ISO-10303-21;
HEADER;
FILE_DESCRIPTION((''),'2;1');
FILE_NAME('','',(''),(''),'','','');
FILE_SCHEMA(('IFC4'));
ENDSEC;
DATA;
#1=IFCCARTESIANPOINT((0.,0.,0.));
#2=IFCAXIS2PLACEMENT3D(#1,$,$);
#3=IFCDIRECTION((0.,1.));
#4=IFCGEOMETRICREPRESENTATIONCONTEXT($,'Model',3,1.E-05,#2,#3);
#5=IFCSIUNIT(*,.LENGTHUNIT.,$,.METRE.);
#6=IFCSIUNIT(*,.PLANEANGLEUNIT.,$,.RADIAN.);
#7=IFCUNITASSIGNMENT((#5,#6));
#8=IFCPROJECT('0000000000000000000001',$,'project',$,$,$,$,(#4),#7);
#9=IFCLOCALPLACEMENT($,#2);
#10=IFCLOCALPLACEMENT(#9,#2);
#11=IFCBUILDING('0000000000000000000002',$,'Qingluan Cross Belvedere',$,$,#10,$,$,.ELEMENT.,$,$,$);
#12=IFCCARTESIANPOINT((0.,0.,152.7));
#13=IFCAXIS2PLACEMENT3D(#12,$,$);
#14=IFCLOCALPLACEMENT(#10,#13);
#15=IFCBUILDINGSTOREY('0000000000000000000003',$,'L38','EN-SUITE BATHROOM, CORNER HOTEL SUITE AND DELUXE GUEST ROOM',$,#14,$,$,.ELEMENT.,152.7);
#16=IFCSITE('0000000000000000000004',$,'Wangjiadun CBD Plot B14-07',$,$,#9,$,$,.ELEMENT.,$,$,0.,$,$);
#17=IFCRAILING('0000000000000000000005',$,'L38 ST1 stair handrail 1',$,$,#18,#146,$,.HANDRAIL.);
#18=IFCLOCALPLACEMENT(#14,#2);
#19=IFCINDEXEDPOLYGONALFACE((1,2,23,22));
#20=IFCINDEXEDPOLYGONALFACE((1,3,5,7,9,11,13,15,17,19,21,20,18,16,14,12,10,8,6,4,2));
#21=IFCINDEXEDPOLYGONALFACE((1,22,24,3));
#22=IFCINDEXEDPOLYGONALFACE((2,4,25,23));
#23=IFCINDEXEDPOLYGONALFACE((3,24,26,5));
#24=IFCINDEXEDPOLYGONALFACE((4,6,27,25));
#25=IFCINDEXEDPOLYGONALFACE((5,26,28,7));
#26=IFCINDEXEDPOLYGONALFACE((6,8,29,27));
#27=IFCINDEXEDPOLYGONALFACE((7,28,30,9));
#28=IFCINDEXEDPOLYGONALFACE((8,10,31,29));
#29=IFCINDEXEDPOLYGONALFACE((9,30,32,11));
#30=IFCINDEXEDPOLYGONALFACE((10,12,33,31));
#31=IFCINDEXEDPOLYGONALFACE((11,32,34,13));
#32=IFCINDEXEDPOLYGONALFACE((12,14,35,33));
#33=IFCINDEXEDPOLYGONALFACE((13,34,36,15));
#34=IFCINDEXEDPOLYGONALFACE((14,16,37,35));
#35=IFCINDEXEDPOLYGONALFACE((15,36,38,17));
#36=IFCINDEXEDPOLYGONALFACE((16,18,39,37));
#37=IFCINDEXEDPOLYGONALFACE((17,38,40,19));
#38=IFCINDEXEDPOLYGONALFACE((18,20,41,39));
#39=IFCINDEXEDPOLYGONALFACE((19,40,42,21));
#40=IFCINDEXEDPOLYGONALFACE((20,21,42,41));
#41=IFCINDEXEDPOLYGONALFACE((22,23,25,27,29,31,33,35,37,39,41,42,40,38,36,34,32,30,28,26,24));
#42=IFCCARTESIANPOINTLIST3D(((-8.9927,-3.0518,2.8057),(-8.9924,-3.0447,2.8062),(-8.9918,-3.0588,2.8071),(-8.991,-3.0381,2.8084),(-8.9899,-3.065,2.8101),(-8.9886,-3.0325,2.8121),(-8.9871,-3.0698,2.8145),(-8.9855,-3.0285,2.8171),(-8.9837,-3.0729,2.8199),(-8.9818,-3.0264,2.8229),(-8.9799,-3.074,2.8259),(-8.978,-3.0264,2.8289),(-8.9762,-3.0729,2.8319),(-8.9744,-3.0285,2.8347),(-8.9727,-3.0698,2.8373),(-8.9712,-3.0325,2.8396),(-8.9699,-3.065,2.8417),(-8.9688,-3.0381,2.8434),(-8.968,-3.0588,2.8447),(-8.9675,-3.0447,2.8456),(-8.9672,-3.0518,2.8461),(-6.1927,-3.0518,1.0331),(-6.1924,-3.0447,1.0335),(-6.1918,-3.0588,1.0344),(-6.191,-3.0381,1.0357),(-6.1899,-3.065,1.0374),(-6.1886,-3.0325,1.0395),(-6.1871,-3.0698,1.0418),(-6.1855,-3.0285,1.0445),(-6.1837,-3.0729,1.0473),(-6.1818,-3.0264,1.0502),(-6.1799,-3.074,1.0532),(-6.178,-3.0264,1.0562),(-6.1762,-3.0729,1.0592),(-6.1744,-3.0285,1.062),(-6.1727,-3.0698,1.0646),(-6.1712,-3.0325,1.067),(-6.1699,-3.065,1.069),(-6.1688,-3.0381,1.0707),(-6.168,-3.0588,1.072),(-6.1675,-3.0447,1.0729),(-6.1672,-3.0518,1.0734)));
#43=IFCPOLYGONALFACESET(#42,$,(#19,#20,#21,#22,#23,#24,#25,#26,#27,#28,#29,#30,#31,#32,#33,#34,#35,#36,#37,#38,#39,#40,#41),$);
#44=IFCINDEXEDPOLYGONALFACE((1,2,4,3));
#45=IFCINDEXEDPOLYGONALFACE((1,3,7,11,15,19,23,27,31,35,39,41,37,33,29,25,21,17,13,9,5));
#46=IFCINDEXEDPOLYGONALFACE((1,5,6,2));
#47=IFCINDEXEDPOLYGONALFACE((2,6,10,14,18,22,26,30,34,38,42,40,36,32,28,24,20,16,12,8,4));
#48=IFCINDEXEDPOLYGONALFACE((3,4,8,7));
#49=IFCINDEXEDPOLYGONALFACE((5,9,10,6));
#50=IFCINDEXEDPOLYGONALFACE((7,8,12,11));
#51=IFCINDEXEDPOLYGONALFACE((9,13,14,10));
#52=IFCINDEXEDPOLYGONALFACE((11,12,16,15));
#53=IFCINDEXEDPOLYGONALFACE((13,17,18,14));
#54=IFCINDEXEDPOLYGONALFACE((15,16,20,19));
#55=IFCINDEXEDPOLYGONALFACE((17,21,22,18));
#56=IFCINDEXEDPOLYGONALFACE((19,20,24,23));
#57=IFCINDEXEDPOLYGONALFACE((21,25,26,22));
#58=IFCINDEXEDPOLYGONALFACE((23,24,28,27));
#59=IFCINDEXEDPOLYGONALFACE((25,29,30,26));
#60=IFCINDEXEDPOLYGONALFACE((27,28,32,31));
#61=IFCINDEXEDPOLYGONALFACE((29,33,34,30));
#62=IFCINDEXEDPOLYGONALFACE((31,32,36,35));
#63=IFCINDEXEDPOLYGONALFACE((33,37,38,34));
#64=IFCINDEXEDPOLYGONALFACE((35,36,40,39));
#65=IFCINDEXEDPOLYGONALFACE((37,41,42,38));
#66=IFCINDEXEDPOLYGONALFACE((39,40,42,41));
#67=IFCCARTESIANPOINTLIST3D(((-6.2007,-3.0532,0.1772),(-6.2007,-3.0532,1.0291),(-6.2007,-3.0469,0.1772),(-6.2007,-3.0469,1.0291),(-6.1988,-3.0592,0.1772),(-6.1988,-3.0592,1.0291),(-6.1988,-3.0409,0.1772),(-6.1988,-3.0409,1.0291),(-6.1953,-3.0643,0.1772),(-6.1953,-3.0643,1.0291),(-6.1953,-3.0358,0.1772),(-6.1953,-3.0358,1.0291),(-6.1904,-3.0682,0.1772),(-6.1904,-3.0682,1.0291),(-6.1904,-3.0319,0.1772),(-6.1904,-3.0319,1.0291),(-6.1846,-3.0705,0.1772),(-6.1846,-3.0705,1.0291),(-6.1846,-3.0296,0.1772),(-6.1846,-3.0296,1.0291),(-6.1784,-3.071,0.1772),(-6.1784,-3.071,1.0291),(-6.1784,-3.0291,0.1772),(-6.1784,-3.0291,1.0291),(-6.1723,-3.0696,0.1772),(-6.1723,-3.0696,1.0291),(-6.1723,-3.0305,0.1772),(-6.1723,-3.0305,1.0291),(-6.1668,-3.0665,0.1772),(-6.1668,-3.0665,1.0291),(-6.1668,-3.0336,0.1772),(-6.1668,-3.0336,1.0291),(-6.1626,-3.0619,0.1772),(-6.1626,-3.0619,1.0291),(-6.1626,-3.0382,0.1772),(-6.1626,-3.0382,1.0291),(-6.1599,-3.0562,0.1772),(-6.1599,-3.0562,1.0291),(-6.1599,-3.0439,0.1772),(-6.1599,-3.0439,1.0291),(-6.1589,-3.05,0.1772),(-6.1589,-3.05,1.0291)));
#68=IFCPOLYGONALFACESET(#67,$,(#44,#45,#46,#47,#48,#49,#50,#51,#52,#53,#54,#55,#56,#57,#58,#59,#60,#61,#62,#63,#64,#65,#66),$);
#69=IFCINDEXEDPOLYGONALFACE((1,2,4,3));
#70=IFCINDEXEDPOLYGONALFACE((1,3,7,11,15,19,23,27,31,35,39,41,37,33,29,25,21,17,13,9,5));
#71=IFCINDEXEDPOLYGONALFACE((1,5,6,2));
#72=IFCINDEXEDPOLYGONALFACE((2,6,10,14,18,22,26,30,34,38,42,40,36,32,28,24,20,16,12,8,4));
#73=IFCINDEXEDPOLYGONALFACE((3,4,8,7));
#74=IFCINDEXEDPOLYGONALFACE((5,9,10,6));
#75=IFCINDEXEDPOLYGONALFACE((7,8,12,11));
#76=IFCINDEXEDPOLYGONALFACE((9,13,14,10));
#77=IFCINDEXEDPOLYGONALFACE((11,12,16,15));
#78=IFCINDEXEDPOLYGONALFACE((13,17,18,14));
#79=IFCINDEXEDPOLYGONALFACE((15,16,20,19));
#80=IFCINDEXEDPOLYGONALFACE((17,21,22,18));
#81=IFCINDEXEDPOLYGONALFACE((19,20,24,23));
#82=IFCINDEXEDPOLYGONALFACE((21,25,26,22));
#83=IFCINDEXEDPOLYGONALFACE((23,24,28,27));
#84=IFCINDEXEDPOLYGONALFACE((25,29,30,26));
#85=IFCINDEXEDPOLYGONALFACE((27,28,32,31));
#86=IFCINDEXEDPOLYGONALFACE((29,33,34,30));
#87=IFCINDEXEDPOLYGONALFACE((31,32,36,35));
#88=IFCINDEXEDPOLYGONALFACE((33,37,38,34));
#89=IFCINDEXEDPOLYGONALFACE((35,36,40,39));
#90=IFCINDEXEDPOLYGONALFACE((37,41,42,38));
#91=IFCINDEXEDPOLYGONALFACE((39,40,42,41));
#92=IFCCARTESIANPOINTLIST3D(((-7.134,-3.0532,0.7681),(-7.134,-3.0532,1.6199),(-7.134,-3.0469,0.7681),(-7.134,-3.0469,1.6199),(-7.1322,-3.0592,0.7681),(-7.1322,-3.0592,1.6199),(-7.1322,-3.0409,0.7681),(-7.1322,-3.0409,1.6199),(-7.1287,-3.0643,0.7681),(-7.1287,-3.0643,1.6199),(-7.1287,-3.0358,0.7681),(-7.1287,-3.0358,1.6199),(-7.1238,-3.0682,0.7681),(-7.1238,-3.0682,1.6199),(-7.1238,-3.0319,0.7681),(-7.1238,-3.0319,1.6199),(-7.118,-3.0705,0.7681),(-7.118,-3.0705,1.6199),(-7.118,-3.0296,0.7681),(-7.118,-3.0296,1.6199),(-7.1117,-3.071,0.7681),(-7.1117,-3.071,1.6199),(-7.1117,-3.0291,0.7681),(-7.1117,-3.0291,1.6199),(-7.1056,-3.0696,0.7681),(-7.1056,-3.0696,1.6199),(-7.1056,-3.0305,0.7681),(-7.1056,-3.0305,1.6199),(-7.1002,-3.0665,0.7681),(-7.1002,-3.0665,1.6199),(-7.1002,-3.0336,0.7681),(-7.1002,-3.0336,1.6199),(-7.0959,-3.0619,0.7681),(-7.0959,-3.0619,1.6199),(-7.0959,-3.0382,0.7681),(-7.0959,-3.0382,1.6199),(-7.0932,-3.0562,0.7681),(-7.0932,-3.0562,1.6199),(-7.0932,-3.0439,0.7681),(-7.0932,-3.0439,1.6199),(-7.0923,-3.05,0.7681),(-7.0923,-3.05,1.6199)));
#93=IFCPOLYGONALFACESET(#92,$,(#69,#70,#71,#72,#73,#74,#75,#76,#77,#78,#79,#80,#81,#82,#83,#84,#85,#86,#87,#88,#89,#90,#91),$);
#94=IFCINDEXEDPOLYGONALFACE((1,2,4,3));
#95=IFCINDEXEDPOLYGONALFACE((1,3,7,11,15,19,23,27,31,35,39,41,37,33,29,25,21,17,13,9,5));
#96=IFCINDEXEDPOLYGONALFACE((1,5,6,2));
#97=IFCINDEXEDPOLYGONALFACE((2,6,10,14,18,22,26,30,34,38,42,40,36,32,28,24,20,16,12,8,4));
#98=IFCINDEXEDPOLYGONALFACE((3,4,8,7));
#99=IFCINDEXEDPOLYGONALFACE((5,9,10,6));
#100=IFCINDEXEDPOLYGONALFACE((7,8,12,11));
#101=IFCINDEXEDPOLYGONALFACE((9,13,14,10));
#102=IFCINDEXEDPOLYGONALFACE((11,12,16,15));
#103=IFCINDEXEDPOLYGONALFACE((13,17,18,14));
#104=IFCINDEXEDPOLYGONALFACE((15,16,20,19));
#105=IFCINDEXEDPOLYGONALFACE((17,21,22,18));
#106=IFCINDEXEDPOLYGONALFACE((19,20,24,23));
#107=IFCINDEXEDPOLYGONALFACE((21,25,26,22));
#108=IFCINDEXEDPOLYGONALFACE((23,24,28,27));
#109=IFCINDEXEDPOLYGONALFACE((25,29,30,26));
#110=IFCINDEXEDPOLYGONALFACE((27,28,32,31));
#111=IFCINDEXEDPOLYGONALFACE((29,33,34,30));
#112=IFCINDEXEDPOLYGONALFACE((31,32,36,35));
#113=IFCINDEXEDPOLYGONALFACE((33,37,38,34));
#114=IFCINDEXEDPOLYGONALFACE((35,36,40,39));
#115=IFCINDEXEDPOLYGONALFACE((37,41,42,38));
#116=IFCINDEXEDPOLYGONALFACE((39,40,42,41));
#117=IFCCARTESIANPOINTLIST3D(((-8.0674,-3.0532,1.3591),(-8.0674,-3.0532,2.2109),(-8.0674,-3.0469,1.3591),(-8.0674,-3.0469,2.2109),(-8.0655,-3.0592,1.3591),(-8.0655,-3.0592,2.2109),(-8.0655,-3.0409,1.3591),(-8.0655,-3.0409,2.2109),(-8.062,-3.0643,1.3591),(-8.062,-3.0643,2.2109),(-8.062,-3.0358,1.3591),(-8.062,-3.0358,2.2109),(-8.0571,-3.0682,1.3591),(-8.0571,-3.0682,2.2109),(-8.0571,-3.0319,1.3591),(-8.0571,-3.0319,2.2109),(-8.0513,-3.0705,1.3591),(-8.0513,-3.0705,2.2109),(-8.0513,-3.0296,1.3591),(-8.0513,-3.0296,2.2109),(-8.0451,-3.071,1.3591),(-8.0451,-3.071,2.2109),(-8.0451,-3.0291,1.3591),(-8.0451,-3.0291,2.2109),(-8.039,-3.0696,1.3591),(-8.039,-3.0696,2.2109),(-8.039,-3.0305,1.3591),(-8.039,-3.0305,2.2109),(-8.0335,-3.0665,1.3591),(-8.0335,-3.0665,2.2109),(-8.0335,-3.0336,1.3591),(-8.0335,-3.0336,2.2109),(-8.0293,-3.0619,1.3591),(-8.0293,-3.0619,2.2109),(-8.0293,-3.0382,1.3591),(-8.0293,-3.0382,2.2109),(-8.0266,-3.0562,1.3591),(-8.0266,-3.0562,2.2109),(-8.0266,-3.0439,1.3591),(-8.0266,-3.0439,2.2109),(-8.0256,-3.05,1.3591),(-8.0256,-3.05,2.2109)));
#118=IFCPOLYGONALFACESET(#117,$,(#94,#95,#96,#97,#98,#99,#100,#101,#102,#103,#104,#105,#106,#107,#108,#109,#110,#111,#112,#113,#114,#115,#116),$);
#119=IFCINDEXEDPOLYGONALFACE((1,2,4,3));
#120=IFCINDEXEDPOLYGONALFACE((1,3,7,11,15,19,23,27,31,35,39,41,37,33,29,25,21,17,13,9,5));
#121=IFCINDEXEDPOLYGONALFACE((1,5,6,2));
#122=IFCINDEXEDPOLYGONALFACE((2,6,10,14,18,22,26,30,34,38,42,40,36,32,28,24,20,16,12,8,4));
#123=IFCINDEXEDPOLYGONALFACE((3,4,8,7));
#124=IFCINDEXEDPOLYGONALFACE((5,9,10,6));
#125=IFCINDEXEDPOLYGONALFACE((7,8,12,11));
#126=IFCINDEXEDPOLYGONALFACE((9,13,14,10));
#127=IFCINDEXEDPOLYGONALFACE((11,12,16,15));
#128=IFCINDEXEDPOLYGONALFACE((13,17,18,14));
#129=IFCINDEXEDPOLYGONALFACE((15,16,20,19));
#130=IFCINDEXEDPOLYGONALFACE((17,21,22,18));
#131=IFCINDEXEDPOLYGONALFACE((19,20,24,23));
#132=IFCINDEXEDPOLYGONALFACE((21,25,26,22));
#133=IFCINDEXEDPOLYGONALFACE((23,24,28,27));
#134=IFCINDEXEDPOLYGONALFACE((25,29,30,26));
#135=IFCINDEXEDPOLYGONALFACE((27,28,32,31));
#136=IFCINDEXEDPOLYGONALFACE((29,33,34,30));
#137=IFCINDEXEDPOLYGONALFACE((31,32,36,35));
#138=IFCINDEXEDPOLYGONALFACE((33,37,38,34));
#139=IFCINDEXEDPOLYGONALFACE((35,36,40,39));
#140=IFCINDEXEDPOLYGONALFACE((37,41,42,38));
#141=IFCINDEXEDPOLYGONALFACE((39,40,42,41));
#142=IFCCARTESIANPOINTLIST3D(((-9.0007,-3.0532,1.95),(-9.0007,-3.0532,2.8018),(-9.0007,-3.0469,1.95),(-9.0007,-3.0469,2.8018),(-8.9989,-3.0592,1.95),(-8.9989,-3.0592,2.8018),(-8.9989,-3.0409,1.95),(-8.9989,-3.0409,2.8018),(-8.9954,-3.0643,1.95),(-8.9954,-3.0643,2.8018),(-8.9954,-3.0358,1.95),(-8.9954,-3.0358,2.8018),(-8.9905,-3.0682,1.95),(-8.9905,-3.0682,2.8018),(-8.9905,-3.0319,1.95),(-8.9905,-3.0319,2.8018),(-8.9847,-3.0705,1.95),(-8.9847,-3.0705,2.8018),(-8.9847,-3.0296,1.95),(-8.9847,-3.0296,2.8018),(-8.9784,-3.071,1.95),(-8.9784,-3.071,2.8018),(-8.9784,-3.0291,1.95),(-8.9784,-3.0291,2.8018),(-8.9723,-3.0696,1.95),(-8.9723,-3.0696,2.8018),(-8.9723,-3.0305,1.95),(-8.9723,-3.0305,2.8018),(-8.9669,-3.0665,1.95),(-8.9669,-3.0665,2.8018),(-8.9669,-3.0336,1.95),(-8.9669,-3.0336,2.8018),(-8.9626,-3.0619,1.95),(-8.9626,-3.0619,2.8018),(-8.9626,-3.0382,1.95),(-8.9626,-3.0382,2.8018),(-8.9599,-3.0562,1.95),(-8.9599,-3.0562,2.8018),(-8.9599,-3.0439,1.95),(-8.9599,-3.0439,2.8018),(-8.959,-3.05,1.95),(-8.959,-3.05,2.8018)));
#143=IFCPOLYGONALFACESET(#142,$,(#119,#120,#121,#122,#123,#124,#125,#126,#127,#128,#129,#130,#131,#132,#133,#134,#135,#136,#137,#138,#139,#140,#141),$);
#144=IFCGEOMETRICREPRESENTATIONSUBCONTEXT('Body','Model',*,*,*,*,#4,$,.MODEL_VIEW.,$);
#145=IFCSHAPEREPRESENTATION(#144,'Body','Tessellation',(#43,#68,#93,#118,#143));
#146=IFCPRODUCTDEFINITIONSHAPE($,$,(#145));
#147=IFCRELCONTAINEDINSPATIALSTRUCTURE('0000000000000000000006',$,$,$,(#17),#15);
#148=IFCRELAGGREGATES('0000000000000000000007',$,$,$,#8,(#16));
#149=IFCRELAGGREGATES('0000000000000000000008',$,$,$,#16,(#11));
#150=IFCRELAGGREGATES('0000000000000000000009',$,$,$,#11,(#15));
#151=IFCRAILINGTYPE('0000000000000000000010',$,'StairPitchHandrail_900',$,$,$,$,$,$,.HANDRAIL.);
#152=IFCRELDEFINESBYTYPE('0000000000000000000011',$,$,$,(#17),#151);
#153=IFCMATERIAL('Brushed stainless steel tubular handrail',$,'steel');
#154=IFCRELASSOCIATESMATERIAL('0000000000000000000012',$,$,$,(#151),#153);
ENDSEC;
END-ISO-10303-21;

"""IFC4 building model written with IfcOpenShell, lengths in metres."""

from ifc_helpers import new_model, si_unit, direction, frame, origin, origin_2d, place, context, subcontext, project, spatial, circle, extrude, material, type_object, element, save


model = new_model("IFC4")

# Units and contexts
model_context = context("Model", 3, precision=1e-05, world=origin(), true_north=direction((0.0, 1.0)))
body_context = subcontext(model_context, "Body", "Model", "MODEL_VIEW")
ifc_project = project(units=[si_unit("LENGTHUNIT", "METRE"), si_unit("PLANEANGLEUNIT", "RADIAN")], contexts=[model_context])

# Site, building, storey
site_placement = place(None, origin())
site = spatial("IfcSite", under=ifc_project, at=site_placement, Name="Wangjiadun CBD Plot B14-07", CompositionType="ELEMENT", RefElevation=0.0)
building_placement = place(site_placement, origin())
building = spatial("IfcBuilding", under=site, at=building_placement, Name="Qingluan Cross Belvedere", CompositionType="ELEMENT")
storey_placement = place(building_placement, frame((0.0, 0.0, 152.7)))
storey = spatial("IfcBuildingStorey", under=building, at=storey_placement, Name="L38", Description="EN-SUITE BATHROOM, CORNER HOTEL SUITE AND DELUXE GUEST ROOM", CompositionType="ELEMENT", Elevation=152.7)

# Railing
ifc_material_1 = material(Name="Brushed stainless steel tubular handrail", Category="steel")
railing_type_1 = type_object("IfcRailingType", Name="StairPitchHandrail_900", PredefinedType="HANDRAIL", material=ifc_material_1)
railing_1_placement = place(storey_placement, frame((-6.1799, -3.05, 0.1772)))
element("IfcRailing", 1, at=railing_1_placement, inside=storey, type_object=railing_type_1, Name="L38 ST1 stair handrail 1", PredefinedType="HANDRAIL", context=body_context, shape_type="SweptSolid", body=[
    extrude(circle(Radius=0.0239, at=origin_2d()), frame((0.0, 0.0, 0.876), z_axis=(-0.844909, 0.0, 0.53491), x_axis=(0.0, -1.0, 0.0)), (0.0, 0.0, 1.0), 3.314),
    extrude(circle(Radius=0.021, at=origin_2d()), origin(), (0.0, 0.0, 1.0), 0.8518),
    extrude(circle(Radius=0.021, at=origin_2d()), frame((-0.9333, 0.0, 0.5908)), (0.0, 0.0, 1.0), 0.8518),
    extrude(circle(Radius=0.021, at=origin_2d()), frame((-1.8667, 0.0, 1.1819)), (0.0, 0.0, 1.0), 0.8518),
    extrude(circle(Radius=0.021, at=origin_2d()), frame((-2.8, 0.0, 1.7727)), (0.0, 0.0, 1.0), 0.8518),
])

save(model, "model.ifc")
